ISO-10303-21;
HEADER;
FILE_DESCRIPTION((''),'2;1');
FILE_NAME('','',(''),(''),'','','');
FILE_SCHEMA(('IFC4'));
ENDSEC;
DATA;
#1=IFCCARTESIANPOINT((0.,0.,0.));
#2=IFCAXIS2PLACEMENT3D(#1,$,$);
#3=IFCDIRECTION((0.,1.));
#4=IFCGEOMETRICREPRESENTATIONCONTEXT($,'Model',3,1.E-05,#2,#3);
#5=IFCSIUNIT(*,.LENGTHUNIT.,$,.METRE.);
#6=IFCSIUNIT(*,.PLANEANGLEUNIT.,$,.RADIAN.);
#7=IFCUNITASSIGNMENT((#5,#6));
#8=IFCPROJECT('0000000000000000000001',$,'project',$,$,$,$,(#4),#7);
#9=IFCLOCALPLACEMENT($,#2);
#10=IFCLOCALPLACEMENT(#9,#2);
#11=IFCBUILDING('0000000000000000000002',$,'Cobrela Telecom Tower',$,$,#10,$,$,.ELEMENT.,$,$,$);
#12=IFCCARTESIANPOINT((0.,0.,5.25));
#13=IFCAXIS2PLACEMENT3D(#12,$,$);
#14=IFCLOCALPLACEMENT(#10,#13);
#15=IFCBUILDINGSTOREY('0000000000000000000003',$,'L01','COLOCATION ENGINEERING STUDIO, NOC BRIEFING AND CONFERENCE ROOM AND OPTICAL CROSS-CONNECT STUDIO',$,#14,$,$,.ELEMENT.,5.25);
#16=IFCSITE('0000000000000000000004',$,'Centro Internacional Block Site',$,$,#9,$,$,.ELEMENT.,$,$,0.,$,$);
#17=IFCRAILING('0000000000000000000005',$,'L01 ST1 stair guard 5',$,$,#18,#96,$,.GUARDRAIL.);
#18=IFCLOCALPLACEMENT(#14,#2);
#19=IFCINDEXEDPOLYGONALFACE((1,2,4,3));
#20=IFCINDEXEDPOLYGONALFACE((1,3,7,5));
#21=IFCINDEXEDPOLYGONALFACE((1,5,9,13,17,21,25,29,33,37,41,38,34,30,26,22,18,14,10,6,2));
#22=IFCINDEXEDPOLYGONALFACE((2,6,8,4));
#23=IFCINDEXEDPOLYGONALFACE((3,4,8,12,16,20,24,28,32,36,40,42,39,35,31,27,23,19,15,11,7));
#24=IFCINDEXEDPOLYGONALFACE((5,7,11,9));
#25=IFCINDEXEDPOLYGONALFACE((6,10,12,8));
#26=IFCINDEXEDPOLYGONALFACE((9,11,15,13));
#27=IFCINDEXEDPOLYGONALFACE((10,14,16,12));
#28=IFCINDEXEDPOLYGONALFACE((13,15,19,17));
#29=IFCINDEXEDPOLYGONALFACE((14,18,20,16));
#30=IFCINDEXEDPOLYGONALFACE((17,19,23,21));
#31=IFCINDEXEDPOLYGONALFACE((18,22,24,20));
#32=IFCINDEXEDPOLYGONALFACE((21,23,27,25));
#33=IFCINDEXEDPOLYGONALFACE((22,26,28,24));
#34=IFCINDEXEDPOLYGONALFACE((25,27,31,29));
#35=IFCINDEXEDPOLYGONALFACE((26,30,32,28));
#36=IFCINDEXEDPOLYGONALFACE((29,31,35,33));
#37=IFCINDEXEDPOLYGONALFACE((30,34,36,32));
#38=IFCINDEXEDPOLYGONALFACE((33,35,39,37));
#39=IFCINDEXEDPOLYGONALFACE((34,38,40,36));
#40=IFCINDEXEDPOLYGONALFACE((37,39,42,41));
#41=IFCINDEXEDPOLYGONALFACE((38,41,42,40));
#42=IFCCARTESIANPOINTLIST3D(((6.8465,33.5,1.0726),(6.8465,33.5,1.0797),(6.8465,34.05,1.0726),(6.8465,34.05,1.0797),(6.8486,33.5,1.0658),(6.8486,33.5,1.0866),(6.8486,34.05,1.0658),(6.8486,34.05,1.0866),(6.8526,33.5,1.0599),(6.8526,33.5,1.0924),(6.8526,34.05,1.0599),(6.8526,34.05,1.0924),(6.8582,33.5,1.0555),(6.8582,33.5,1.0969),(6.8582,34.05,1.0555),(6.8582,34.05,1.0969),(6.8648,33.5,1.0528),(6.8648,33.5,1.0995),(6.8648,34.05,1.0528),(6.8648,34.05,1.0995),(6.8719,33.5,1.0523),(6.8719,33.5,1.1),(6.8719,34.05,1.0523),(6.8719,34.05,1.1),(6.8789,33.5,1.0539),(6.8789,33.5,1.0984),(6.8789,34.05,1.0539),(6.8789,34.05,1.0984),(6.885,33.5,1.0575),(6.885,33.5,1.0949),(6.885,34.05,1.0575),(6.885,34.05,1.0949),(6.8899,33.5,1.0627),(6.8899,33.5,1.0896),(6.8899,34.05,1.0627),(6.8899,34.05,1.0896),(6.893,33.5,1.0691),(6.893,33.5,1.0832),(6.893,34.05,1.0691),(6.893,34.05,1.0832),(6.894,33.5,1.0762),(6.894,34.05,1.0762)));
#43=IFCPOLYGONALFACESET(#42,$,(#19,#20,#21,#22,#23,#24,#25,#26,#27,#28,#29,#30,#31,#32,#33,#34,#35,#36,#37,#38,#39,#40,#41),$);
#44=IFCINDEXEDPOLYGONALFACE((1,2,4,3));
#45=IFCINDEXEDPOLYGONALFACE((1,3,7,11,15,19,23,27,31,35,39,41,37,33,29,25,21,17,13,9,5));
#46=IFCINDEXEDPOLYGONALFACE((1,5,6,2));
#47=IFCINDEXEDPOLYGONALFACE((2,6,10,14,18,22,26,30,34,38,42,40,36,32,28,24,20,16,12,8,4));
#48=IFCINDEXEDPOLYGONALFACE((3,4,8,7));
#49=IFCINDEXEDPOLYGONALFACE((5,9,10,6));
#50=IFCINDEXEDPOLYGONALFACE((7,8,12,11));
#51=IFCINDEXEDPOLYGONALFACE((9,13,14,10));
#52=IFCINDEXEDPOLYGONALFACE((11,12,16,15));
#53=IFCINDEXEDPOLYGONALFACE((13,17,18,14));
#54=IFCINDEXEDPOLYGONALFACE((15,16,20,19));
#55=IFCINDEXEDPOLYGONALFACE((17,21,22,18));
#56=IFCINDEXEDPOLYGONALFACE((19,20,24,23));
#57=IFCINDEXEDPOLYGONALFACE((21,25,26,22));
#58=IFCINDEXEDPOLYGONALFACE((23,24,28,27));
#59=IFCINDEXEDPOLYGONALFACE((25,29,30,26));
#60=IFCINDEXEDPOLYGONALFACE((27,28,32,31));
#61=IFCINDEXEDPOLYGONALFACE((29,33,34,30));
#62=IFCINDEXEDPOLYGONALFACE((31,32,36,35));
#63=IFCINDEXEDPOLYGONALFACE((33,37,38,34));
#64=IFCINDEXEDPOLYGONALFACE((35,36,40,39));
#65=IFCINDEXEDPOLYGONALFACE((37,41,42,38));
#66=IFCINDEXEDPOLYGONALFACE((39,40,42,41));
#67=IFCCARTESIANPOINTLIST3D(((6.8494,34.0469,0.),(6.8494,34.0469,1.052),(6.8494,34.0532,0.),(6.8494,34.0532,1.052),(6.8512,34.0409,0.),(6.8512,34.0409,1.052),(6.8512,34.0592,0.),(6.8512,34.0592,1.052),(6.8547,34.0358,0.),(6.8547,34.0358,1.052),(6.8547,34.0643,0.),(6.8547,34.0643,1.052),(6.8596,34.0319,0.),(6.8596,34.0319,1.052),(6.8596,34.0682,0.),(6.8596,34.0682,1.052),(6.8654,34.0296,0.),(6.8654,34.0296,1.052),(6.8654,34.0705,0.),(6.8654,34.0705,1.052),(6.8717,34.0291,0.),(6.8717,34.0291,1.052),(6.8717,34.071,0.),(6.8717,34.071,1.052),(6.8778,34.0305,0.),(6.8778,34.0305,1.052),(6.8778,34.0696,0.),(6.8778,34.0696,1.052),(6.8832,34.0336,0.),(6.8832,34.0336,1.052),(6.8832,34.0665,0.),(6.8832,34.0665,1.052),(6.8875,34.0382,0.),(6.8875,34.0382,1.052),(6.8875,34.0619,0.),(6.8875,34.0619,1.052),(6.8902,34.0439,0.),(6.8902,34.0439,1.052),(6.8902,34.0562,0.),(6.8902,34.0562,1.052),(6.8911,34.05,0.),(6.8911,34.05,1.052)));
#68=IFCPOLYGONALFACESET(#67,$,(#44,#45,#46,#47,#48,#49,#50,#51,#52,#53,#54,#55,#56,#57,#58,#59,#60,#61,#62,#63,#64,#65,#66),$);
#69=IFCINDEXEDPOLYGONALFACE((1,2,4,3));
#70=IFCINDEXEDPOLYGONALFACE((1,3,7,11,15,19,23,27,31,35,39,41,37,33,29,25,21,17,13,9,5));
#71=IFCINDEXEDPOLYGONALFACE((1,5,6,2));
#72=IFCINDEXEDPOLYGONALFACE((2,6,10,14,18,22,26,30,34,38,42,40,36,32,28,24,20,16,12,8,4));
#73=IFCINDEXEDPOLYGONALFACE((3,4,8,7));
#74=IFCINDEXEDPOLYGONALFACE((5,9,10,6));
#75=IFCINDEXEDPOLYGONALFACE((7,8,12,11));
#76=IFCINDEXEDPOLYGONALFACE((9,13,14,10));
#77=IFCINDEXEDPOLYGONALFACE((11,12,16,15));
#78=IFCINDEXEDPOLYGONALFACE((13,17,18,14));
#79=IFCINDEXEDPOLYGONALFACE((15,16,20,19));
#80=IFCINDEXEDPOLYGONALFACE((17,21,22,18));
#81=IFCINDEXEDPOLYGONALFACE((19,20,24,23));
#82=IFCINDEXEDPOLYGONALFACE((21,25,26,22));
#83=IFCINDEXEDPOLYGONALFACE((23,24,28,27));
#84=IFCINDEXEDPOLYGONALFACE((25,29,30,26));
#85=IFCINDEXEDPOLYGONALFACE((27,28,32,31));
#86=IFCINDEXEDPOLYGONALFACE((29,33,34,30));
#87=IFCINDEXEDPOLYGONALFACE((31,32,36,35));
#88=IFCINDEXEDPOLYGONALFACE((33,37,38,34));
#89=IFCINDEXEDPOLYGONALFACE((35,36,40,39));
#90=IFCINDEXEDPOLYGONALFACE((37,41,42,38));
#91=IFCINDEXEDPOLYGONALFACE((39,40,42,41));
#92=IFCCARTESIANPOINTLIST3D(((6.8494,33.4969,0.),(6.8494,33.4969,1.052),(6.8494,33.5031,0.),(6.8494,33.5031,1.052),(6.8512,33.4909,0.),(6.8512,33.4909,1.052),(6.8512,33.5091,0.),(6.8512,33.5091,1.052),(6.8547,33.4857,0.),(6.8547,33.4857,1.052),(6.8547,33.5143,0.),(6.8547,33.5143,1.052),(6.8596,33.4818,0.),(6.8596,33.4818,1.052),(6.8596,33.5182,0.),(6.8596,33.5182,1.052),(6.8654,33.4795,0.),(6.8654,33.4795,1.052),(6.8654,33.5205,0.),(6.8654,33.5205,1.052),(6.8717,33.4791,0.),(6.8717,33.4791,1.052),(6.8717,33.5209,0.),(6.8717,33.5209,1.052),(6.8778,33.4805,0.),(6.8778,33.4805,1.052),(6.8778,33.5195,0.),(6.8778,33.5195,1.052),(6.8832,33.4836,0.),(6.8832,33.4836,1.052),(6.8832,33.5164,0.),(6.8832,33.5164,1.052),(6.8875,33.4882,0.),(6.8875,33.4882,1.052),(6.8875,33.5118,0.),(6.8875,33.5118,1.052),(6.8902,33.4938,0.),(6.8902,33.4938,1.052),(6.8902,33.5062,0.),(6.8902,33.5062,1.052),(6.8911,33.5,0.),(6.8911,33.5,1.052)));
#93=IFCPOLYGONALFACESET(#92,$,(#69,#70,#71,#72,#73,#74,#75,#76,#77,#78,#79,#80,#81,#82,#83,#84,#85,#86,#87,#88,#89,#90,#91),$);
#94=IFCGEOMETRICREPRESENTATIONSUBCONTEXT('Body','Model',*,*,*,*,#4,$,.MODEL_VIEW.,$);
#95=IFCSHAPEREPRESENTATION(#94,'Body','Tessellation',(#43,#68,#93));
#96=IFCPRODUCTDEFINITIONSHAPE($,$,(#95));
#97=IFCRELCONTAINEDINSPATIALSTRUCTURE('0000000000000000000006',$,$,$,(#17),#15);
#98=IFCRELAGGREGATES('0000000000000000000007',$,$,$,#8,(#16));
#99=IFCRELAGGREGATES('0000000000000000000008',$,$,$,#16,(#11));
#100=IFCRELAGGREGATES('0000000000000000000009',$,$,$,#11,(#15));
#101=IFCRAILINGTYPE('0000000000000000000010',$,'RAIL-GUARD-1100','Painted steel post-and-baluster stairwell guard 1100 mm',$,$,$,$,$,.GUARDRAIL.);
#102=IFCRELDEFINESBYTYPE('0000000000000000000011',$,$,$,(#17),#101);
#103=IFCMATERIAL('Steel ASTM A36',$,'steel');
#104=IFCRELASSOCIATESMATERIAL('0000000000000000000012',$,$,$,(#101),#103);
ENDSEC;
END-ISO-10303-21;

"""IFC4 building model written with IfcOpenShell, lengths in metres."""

from ifc_helpers import new_model, si_unit, direction, frame, origin, origin_2d, place, context, subcontext, project, spatial, circle, extrude, material, type_object, element, save


model = new_model("IFC4")

# Units and contexts
model_context = context("Model", 3, precision=1e-05, world=origin(), true_north=direction((0.0, 1.0)))
body_context = subcontext(model_context, "Body", "Model", "MODEL_VIEW")
ifc_project = project(units=[si_unit("LENGTHUNIT", "METRE"), si_unit("PLANEANGLEUNIT", "RADIAN")], contexts=[model_context])

# Site, building, storey
site_placement = place(None, origin())
site = spatial("IfcSite", under=ifc_project, at=site_placement, Name="Centro Internacional Block Site", CompositionType="ELEMENT", RefElevation=0.0)
building_placement = place(site_placement, origin())
building = spatial("IfcBuilding", under=site, at=building_placement, Name="Cobrela Telecom Tower", CompositionType="ELEMENT")
storey_placement = place(building_placement, frame((0.0, 0.0, 5.25)))
storey = spatial("IfcBuildingStorey", under=building, at=storey_placement, Name="L01", Description="COLOCATION ENGINEERING STUDIO, NOC BRIEFING AND CONFERENCE ROOM AND OPTICAL CROSS-CONNECT STUDIO", CompositionType="ELEMENT", Elevation=5.25)

# Shared definitions
ifc_material_1 = material(Name="Steel ASTM A36", Category="steel")

# Railing
railing_type_1 = type_object("IfcRailingType", Name="RAIL-GUARD-1100", Description="Painted steel post-and-baluster stairwell guard 1100 mm", PredefinedType="GUARDRAIL", material=ifc_material_1)
railing_1_placement = place(storey_placement, frame((6.8701, 34.05, 0.0)))
element("IfcRailing", 1, at=railing_1_placement, inside=storey, type_object=railing_type_1, Name="L01 ST1 stair guard 5", PredefinedType="GUARDRAIL", context=body_context, shape_type="SweptSolid", body=[
    extrude(circle(Radius=0.0239, at=origin_2d()), frame((0.0, 0.0, 1.0762), z_axis=(0.0, -1.0, 0.0), x_axis=(1.0, 0.0, 0.0)), (0.0, 0.0, 1.0), 0.55),
    extrude(circle(Radius=0.021, at=origin_2d()), origin(), (0.0, 0.0, 1.0), 1.052),
    extrude(circle(Radius=0.021, at=origin_2d()), frame((0.0, -0.55, 0.0)), (0.0, 0.0, 1.0), 1.052),
])

save(model, "model.ifc")
